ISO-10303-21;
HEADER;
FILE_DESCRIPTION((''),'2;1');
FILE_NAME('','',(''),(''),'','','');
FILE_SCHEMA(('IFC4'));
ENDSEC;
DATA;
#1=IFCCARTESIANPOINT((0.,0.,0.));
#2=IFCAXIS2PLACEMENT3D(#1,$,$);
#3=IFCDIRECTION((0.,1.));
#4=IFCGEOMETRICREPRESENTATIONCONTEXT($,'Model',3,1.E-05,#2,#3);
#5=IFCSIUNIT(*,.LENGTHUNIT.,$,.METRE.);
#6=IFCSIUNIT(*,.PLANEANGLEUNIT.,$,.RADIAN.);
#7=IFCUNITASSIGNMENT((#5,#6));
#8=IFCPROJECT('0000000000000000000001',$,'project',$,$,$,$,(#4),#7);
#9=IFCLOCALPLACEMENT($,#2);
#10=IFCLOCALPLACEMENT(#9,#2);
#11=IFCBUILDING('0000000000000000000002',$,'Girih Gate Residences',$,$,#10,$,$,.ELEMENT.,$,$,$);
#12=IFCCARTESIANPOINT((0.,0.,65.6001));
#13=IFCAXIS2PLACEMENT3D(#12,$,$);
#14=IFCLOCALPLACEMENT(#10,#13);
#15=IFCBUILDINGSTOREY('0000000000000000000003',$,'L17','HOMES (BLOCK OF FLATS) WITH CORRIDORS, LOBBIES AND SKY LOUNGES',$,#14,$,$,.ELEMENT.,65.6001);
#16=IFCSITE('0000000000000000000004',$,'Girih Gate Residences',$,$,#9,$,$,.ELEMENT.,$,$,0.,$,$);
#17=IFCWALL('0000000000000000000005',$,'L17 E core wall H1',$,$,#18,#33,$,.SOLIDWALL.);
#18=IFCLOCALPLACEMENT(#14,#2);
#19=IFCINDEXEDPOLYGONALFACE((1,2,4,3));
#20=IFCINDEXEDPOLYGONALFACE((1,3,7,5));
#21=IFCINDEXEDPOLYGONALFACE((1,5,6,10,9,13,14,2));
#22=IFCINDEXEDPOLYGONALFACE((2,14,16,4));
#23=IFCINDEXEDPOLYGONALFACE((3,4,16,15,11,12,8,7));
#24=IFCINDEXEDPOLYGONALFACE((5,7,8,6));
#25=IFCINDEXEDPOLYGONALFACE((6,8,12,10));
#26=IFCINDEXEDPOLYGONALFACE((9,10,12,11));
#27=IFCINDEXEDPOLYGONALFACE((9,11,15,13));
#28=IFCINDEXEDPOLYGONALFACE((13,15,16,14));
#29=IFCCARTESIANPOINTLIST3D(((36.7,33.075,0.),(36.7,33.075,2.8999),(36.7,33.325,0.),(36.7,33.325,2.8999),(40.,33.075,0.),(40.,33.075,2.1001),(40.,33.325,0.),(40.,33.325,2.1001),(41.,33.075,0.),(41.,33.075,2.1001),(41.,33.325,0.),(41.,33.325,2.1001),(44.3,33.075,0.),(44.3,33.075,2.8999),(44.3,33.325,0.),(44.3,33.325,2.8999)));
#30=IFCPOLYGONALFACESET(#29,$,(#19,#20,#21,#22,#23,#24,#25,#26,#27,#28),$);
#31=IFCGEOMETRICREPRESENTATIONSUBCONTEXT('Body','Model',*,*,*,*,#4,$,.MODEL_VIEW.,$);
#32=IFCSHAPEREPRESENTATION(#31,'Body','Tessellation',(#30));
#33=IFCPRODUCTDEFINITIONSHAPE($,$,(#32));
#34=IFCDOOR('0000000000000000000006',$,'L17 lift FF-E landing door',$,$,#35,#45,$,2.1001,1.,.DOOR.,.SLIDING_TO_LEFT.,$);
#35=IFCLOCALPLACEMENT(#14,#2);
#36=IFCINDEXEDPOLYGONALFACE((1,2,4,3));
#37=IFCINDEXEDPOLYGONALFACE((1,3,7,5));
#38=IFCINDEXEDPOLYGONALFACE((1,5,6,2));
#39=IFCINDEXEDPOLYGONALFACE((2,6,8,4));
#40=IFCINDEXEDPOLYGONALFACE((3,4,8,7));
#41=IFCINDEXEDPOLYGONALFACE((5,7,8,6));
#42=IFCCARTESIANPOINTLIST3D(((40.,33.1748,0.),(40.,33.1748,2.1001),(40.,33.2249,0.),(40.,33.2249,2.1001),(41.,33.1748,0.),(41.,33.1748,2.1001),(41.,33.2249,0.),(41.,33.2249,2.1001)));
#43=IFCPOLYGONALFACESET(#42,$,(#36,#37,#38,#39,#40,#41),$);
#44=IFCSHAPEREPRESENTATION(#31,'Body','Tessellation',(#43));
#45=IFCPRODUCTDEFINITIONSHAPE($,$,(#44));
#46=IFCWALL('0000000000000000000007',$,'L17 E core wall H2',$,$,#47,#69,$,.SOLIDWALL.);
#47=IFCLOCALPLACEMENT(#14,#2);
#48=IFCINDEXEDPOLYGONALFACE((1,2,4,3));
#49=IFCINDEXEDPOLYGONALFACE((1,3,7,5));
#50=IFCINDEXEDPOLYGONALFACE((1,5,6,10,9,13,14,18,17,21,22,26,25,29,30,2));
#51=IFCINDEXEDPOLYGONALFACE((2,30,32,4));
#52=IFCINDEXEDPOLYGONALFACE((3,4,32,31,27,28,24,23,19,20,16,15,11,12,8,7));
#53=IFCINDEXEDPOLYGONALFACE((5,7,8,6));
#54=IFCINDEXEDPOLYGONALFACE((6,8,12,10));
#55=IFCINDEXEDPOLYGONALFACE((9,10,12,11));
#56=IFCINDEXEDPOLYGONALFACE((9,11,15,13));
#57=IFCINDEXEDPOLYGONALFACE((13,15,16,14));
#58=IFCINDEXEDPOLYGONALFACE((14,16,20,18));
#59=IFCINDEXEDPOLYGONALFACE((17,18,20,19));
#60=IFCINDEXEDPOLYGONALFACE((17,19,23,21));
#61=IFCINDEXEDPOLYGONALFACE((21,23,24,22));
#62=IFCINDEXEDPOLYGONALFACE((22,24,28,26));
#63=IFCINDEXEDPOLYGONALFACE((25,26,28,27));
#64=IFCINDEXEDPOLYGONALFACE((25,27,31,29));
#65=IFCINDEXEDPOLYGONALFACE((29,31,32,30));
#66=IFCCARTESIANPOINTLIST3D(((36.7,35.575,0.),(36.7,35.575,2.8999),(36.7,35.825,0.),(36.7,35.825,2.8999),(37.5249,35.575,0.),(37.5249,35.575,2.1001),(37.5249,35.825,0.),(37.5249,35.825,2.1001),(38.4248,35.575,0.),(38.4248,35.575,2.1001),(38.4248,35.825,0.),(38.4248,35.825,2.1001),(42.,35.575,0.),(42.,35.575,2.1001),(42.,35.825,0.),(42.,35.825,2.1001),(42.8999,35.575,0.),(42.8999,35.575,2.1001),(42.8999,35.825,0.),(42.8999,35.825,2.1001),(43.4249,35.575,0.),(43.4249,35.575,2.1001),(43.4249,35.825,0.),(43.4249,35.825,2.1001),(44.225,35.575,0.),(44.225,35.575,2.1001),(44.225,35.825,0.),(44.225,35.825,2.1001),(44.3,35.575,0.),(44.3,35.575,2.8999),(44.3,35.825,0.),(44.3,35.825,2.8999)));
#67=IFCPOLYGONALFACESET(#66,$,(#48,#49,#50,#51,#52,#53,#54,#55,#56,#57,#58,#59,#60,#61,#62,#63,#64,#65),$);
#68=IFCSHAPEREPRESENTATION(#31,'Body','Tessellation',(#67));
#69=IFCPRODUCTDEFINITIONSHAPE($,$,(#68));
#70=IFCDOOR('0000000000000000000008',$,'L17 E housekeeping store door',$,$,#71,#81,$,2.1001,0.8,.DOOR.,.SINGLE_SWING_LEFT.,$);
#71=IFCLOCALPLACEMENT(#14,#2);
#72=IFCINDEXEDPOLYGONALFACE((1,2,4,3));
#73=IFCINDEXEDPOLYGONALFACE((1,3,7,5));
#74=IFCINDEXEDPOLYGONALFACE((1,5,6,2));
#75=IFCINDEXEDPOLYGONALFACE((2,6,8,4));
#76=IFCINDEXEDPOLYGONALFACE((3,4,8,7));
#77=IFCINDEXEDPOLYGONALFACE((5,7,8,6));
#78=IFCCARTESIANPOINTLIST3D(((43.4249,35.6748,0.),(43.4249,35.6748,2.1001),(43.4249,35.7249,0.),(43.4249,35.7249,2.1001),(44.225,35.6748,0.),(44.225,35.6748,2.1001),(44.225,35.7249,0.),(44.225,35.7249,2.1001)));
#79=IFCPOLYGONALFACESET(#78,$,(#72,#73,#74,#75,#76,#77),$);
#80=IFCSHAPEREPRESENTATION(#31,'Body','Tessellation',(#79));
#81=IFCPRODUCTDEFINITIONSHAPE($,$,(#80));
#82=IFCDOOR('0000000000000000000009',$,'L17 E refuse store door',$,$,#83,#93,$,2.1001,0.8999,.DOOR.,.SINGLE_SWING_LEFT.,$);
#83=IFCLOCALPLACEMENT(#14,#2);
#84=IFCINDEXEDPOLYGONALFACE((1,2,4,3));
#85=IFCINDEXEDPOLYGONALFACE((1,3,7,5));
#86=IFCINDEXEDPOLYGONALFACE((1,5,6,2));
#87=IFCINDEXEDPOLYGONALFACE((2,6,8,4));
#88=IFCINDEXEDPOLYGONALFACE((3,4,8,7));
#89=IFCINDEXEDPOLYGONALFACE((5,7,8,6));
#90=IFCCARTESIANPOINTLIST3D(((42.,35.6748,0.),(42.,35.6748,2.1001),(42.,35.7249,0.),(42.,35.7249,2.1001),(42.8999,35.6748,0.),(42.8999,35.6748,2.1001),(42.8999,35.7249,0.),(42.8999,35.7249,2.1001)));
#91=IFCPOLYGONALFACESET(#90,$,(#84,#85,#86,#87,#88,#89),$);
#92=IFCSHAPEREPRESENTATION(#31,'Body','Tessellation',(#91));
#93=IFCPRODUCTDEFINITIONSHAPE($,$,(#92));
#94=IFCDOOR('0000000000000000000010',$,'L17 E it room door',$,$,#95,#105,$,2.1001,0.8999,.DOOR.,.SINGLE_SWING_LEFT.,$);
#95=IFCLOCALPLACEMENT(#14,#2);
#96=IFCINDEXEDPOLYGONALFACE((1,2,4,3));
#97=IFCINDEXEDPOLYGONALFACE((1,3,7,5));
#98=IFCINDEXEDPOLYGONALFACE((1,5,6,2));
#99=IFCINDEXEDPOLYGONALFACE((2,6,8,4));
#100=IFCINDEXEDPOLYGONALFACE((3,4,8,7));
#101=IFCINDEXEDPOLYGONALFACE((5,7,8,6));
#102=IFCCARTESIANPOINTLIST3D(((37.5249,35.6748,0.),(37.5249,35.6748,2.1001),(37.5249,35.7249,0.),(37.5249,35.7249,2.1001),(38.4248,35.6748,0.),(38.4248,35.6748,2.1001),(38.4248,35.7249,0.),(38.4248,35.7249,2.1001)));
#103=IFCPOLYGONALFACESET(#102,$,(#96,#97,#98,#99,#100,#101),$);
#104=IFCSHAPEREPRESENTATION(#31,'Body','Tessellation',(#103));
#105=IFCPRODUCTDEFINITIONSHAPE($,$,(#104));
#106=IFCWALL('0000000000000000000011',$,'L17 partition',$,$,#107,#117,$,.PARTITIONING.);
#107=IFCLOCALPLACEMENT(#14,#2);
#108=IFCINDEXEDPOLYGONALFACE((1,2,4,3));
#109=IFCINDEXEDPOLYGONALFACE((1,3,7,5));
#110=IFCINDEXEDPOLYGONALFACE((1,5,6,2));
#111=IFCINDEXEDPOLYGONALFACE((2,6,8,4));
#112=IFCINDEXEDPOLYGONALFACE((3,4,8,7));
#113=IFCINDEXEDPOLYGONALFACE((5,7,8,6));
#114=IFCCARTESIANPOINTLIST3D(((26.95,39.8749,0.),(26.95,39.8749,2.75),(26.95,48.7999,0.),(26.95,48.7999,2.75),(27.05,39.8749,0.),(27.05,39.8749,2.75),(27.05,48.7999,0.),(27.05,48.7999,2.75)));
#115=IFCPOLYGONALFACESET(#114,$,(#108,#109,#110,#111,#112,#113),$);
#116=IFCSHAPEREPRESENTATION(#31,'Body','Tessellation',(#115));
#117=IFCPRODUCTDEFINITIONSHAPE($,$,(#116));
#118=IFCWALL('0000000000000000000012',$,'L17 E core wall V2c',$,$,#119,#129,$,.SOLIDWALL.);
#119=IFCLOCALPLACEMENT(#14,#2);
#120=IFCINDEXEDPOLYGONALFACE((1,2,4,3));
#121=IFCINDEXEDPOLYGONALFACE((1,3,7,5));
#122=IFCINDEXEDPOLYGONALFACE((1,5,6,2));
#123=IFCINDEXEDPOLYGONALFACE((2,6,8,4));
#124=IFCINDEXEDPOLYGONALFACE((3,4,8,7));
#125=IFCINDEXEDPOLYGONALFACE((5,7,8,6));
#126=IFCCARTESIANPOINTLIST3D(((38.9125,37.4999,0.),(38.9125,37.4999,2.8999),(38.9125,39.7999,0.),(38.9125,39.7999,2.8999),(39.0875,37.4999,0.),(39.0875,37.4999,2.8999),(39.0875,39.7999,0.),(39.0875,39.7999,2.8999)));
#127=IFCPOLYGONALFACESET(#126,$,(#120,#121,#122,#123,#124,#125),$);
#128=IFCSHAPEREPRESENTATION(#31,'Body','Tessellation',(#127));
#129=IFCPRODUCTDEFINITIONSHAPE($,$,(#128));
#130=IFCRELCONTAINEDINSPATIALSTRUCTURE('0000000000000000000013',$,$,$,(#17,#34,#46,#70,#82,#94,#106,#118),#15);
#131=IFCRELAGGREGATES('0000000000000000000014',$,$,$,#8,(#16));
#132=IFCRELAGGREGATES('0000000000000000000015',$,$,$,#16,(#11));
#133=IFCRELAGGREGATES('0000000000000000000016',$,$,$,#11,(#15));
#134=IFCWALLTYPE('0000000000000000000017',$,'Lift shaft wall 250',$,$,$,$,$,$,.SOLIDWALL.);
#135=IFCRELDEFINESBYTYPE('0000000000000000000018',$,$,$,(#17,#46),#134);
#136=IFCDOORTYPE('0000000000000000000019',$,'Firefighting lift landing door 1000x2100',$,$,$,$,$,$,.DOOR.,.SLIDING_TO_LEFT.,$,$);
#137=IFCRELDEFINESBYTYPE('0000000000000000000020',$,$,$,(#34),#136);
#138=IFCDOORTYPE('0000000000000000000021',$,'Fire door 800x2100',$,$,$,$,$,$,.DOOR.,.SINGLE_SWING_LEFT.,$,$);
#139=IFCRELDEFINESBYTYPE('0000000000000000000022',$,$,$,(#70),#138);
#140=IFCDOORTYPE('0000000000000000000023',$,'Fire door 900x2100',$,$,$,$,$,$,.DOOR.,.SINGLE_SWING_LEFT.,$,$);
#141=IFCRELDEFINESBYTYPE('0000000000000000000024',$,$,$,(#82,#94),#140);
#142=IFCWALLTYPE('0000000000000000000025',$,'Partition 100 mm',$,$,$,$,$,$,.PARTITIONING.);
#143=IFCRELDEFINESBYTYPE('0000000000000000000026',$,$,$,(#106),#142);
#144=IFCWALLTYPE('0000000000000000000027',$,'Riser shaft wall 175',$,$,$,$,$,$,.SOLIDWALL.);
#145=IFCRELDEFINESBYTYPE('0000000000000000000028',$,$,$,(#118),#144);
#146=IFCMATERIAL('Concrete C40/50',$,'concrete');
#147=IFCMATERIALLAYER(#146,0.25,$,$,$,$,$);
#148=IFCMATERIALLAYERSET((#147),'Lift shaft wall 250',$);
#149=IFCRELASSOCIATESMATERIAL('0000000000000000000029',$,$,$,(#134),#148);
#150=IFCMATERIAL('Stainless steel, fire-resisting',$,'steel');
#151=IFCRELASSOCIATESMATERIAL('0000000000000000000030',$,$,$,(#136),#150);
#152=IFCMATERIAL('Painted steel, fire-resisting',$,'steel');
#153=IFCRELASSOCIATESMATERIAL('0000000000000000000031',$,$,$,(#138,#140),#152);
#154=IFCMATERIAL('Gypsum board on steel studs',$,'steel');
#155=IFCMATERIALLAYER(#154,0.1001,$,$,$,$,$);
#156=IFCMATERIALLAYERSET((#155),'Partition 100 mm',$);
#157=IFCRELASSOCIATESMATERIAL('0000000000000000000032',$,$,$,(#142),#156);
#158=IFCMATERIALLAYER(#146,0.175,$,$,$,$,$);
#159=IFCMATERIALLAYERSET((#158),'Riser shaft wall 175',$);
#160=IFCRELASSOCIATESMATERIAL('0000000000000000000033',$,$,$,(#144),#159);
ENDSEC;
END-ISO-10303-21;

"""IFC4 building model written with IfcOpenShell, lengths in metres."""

from ifc_helpers import new_model, si_unit, direction, frame, frame_2d, origin, place, context, subcontext, project, spatial, rectangle, extrude, material, layer, layer_set, type_object, element, fill, save


model = new_model("IFC4")

# Units and contexts
model_context = context("Model", 3, precision=1e-05, world=origin(), true_north=direction((0.0, 1.0)))
body_context = subcontext(model_context, "Body", "Model", "MODEL_VIEW")
ifc_project = project(units=[si_unit("LENGTHUNIT", "METRE"), si_unit("PLANEANGLEUNIT", "RADIAN")], contexts=[model_context])

# Site, building, storey
site_placement = place(None, origin())
site = spatial("IfcSite", under=ifc_project, at=site_placement, Name="Girih Gate Residences", CompositionType="ELEMENT", RefElevation=0.0)
building_placement = place(site_placement, origin())
building = spatial("IfcBuilding", under=site, at=building_placement, Name="Girih Gate Residences", CompositionType="ELEMENT")
storey_placement = place(building_placement, frame((0.0, 0.0, 65.6001)))
storey = spatial("IfcBuildingStorey", under=building, at=storey_placement, Name="L17", Description="HOMES (BLOCK OF FLATS) WITH CORRIDORS, LOBBIES AND SKY LOUNGES", CompositionType="ELEMENT", Elevation=65.6001)

# Shared definitions
ifc_material_1 = material(Name="Gypsum board on steel studs", Category="steel")

# Wall, opening, door
ifc_material_2 = material(Name="Concrete C40/50", Category="concrete")
ifc_layer_1 = layer(ifc_material_2, 0.25)
ifc_layer_set_1 = layer_set([ifc_layer_1], Name="Lift shaft wall 250")
wall_type_1 = type_object("IfcWallType", Name="Lift shaft wall 250", PredefinedType="SOLIDWALL", material=ifc_layer_set_1)
wall_1_placement = place(storey_placement, frame((36.7, 33.2, 0.0), z_axis=(0.0, 0.0, 1.0), x_axis=(1.0, 0.0, 0.0)))
wall_1 = element("IfcWall", 1, at=wall_1_placement, inside=storey, type_object=wall_type_1, Name="L17 E core wall H1", PredefinedType="SOLIDWALL", context=body_context, shape_type="SweptSolid", body=[
    extrude(rectangle(XDim=7.6001, YDim=0.25, at=frame_2d((3.8, 0.0))), origin(), (0.0, 0.0, 1.0), 2.8999),
])
opening_1_placement = place(wall_1_placement, frame((3.3, 0.0, 0.0)))
opening_1 = element("IfcOpeningElement", 2, at=opening_1_placement, cuts=wall_1, PredefinedType="OPENING", context=body_context, shape_type="SweptSolid", body=[
    extrude(rectangle(XDim=1.0, YDim=2.1001, at=frame_2d((0.5, 1.05))), frame((0.0, 0.135, 0.0), z_axis=(0.0, -1.0, 0.0), x_axis=(1.0, 0.0, 0.0)), (0.0, 0.0, 1.0), 0.27),
])
ifc_material_3 = material(Name="Stainless steel, fire-resisting", Category="steel")
door_type_1 = type_object("IfcDoorType", Name="Firefighting lift landing door 1000x2100", OperationType="SLIDING_TO_LEFT", PredefinedType="DOOR", material=ifc_material_3)
door_1_placement = place(opening_1_placement, origin())
door_1 = element("IfcDoor", 3, at=door_1_placement, inside=storey, type_object=door_type_1, Name="L17 lift FF-E landing door", OperationType="SLIDING_TO_LEFT", OverallHeight=2.1001, OverallWidth=1.0, PredefinedType="DOOR", context=body_context, shape_type="SweptSolid", body=[
    extrude(rectangle(XDim=1.0, YDim=2.1001, at=frame_2d((0.5, 1.05))), frame((0.0, 0.0249, 0.0), z_axis=(0.0, -1.0, 0.0), x_axis=(1.0, 0.0, 0.0)), (0.0, 0.0, 1.0), 0.05),
])
fill(opening_1, door_1)

# Wall, openings, doors
wall_2_placement = place(storey_placement, frame((36.7, 35.7, 0.0), z_axis=(0.0, 0.0, 1.0), x_axis=(1.0, 0.0, 0.0)))
wall_2 = element("IfcWall", 4, at=wall_2_placement, inside=storey, type_object=wall_type_1, Name="L17 E core wall H2", PredefinedType="SOLIDWALL", context=body_context, shape_type="SweptSolid", body=[
    extrude(rectangle(XDim=7.6001, YDim=0.25, at=frame_2d((3.8, 0.0))), origin(), (0.0, 0.0, 1.0), 2.8999),
])
opening_2_placement = place(wall_2_placement, frame((6.7251, 0.0, 0.0)))
opening_2 = element("IfcOpeningElement", 5, at=opening_2_placement, cuts=wall_2, PredefinedType="OPENING", context=body_context, shape_type="SweptSolid", body=[
    extrude(rectangle(XDim=0.8, YDim=2.1001, at=frame_2d((0.3999, 1.05))), frame((0.0, 0.135, 0.0), z_axis=(0.0, -1.0, 0.0), x_axis=(1.0, 0.0, 0.0)), (0.0, 0.0, 1.0), 0.27),
])
opening_3_placement = place(wall_2_placement, frame((5.3, 0.0, 0.0)))
opening_3 = element("IfcOpeningElement", 6, at=opening_3_placement, cuts=wall_2, PredefinedType="OPENING", context=body_context, shape_type="SweptSolid", body=[
    extrude(rectangle(XDim=0.8999, YDim=2.1001, at=frame_2d((0.45, 1.05))), frame((0.0, 0.135, 0.0), z_axis=(0.0, -1.0, 0.0), x_axis=(1.0, 0.0, 0.0)), (0.0, 0.0, 1.0), 0.27),
])
opening_4_placement = place(wall_2_placement, frame((0.825, 0.0, 0.0)))
opening_4 = element("IfcOpeningElement", 7, at=opening_4_placement, cuts=wall_2, PredefinedType="OPENING", context=body_context, shape_type="SweptSolid", body=[
    extrude(rectangle(XDim=0.8999, YDim=2.1001, at=frame_2d((0.45, 1.05))), frame((0.0, 0.135, 0.0), z_axis=(0.0, -1.0, 0.0), x_axis=(1.0, 0.0, 0.0)), (0.0, 0.0, 1.0), 0.27),
])
ifc_material_4 = material(Name="Painted steel, fire-resisting", Category="steel")
door_type_2 = type_object("IfcDoorType", Name="Fire door 800x2100", OperationType="SINGLE_SWING_LEFT", PredefinedType="DOOR", material=ifc_material_4)
door_2_placement = place(opening_2_placement, origin())
door_2 = element("IfcDoor", 8, at=door_2_placement, inside=storey, type_object=door_type_2, Name="L17 E housekeeping store door", OperationType="SINGLE_SWING_LEFT", OverallHeight=2.1001, OverallWidth=0.8, PredefinedType="DOOR", context=body_context, shape_type="SweptSolid", body=[
    extrude(rectangle(XDim=0.8, YDim=2.1001, at=frame_2d((0.3999, 1.05))), frame((0.0, 0.0249, 0.0), z_axis=(0.0, -1.0, 0.0), x_axis=(1.0, 0.0, 0.0)), (0.0, 0.0, 1.0), 0.05),
])
fill(opening_2, door_2)
door_type_3 = type_object("IfcDoorType", Name="Fire door 900x2100", OperationType="SINGLE_SWING_LEFT", PredefinedType="DOOR", material=ifc_material_4)
door_3_placement = place(opening_3_placement, origin())
door_3 = element("IfcDoor", 9, at=door_3_placement, inside=storey, type_object=door_type_3, Name="L17 E refuse store door", OperationType="SINGLE_SWING_LEFT", OverallHeight=2.1001, OverallWidth=0.8999, PredefinedType="DOOR", context=body_context, shape_type="SweptSolid", body=[
    extrude(rectangle(XDim=0.8999, YDim=2.1001, at=frame_2d((0.45, 1.05))), frame((0.0, 0.0249, 0.0), z_axis=(0.0, -1.0, 0.0), x_axis=(1.0, 0.0, 0.0)), (0.0, 0.0, 1.0), 0.05),
])
fill(opening_3, door_3)
door_4_placement = place(opening_4_placement, origin())
door_4 = element("IfcDoor", 10, at=door_4_placement, inside=storey, type_object=door_type_3, Name="L17 E it room door", OperationType="SINGLE_SWING_LEFT", OverallHeight=2.1001, OverallWidth=0.8999, PredefinedType="DOOR", context=body_context, shape_type="SweptSolid", body=[
    extrude(rectangle(XDim=0.8999, YDim=2.1001, at=frame_2d((0.45, 1.05))), frame((0.0, 0.0249, 0.0), z_axis=(0.0, -1.0, 0.0), x_axis=(1.0, 0.0, 0.0)), (0.0, 0.0, 1.0), 0.05),
])
fill(opening_4, door_4)

# Walls
ifc_layer_2 = layer(ifc_material_1, 0.1001)
ifc_layer_set_2 = layer_set([ifc_layer_2], Name="Partition 100 mm")
wall_type_2 = type_object("IfcWallType", Name="Partition 100 mm", PredefinedType="PARTITIONING", material=ifc_layer_set_2)
wall_3_placement = place(storey_placement, frame((27.0, 39.875, 0.0), z_axis=(0.0, 0.0, 1.0), x_axis=(0.0, 1.0, 0.0)))
element("IfcWall", 11, at=wall_3_placement, inside=storey, type_object=wall_type_2, Name="L17 partition", PredefinedType="PARTITIONING", context=body_context, shape_type="SweptSolid", body=[
    extrude(rectangle(XDim=8.925, YDim=0.1001, at=frame_2d((4.4624, 0.0))), origin(), (0.0, 0.0, 1.0), 2.75),
])
ifc_layer_3 = layer(ifc_material_2, 0.175)
ifc_layer_set_3 = layer_set([ifc_layer_3], Name="Riser shaft wall 175")
wall_type_3 = type_object("IfcWallType", Name="Riser shaft wall 175", PredefinedType="SOLIDWALL", material=ifc_layer_set_3)
wall_4_placement = place(storey_placement, frame((39.0, 37.5, 0.0), z_axis=(0.0, 0.0, 1.0), x_axis=(0.0, 1.0, 0.0)))
element("IfcWall", 12, at=wall_4_placement, inside=storey, type_object=wall_type_3, Name="L17 E core wall V2c", PredefinedType="SOLIDWALL", context=body_context, shape_type="SweptSolid", body=[
    extrude(rectangle(XDim=2.3, YDim=0.175, at=frame_2d((1.1499, 0.0))), origin(), (0.0, 0.0, 1.0), 2.8999),
])

save(model, "model.ifc")
